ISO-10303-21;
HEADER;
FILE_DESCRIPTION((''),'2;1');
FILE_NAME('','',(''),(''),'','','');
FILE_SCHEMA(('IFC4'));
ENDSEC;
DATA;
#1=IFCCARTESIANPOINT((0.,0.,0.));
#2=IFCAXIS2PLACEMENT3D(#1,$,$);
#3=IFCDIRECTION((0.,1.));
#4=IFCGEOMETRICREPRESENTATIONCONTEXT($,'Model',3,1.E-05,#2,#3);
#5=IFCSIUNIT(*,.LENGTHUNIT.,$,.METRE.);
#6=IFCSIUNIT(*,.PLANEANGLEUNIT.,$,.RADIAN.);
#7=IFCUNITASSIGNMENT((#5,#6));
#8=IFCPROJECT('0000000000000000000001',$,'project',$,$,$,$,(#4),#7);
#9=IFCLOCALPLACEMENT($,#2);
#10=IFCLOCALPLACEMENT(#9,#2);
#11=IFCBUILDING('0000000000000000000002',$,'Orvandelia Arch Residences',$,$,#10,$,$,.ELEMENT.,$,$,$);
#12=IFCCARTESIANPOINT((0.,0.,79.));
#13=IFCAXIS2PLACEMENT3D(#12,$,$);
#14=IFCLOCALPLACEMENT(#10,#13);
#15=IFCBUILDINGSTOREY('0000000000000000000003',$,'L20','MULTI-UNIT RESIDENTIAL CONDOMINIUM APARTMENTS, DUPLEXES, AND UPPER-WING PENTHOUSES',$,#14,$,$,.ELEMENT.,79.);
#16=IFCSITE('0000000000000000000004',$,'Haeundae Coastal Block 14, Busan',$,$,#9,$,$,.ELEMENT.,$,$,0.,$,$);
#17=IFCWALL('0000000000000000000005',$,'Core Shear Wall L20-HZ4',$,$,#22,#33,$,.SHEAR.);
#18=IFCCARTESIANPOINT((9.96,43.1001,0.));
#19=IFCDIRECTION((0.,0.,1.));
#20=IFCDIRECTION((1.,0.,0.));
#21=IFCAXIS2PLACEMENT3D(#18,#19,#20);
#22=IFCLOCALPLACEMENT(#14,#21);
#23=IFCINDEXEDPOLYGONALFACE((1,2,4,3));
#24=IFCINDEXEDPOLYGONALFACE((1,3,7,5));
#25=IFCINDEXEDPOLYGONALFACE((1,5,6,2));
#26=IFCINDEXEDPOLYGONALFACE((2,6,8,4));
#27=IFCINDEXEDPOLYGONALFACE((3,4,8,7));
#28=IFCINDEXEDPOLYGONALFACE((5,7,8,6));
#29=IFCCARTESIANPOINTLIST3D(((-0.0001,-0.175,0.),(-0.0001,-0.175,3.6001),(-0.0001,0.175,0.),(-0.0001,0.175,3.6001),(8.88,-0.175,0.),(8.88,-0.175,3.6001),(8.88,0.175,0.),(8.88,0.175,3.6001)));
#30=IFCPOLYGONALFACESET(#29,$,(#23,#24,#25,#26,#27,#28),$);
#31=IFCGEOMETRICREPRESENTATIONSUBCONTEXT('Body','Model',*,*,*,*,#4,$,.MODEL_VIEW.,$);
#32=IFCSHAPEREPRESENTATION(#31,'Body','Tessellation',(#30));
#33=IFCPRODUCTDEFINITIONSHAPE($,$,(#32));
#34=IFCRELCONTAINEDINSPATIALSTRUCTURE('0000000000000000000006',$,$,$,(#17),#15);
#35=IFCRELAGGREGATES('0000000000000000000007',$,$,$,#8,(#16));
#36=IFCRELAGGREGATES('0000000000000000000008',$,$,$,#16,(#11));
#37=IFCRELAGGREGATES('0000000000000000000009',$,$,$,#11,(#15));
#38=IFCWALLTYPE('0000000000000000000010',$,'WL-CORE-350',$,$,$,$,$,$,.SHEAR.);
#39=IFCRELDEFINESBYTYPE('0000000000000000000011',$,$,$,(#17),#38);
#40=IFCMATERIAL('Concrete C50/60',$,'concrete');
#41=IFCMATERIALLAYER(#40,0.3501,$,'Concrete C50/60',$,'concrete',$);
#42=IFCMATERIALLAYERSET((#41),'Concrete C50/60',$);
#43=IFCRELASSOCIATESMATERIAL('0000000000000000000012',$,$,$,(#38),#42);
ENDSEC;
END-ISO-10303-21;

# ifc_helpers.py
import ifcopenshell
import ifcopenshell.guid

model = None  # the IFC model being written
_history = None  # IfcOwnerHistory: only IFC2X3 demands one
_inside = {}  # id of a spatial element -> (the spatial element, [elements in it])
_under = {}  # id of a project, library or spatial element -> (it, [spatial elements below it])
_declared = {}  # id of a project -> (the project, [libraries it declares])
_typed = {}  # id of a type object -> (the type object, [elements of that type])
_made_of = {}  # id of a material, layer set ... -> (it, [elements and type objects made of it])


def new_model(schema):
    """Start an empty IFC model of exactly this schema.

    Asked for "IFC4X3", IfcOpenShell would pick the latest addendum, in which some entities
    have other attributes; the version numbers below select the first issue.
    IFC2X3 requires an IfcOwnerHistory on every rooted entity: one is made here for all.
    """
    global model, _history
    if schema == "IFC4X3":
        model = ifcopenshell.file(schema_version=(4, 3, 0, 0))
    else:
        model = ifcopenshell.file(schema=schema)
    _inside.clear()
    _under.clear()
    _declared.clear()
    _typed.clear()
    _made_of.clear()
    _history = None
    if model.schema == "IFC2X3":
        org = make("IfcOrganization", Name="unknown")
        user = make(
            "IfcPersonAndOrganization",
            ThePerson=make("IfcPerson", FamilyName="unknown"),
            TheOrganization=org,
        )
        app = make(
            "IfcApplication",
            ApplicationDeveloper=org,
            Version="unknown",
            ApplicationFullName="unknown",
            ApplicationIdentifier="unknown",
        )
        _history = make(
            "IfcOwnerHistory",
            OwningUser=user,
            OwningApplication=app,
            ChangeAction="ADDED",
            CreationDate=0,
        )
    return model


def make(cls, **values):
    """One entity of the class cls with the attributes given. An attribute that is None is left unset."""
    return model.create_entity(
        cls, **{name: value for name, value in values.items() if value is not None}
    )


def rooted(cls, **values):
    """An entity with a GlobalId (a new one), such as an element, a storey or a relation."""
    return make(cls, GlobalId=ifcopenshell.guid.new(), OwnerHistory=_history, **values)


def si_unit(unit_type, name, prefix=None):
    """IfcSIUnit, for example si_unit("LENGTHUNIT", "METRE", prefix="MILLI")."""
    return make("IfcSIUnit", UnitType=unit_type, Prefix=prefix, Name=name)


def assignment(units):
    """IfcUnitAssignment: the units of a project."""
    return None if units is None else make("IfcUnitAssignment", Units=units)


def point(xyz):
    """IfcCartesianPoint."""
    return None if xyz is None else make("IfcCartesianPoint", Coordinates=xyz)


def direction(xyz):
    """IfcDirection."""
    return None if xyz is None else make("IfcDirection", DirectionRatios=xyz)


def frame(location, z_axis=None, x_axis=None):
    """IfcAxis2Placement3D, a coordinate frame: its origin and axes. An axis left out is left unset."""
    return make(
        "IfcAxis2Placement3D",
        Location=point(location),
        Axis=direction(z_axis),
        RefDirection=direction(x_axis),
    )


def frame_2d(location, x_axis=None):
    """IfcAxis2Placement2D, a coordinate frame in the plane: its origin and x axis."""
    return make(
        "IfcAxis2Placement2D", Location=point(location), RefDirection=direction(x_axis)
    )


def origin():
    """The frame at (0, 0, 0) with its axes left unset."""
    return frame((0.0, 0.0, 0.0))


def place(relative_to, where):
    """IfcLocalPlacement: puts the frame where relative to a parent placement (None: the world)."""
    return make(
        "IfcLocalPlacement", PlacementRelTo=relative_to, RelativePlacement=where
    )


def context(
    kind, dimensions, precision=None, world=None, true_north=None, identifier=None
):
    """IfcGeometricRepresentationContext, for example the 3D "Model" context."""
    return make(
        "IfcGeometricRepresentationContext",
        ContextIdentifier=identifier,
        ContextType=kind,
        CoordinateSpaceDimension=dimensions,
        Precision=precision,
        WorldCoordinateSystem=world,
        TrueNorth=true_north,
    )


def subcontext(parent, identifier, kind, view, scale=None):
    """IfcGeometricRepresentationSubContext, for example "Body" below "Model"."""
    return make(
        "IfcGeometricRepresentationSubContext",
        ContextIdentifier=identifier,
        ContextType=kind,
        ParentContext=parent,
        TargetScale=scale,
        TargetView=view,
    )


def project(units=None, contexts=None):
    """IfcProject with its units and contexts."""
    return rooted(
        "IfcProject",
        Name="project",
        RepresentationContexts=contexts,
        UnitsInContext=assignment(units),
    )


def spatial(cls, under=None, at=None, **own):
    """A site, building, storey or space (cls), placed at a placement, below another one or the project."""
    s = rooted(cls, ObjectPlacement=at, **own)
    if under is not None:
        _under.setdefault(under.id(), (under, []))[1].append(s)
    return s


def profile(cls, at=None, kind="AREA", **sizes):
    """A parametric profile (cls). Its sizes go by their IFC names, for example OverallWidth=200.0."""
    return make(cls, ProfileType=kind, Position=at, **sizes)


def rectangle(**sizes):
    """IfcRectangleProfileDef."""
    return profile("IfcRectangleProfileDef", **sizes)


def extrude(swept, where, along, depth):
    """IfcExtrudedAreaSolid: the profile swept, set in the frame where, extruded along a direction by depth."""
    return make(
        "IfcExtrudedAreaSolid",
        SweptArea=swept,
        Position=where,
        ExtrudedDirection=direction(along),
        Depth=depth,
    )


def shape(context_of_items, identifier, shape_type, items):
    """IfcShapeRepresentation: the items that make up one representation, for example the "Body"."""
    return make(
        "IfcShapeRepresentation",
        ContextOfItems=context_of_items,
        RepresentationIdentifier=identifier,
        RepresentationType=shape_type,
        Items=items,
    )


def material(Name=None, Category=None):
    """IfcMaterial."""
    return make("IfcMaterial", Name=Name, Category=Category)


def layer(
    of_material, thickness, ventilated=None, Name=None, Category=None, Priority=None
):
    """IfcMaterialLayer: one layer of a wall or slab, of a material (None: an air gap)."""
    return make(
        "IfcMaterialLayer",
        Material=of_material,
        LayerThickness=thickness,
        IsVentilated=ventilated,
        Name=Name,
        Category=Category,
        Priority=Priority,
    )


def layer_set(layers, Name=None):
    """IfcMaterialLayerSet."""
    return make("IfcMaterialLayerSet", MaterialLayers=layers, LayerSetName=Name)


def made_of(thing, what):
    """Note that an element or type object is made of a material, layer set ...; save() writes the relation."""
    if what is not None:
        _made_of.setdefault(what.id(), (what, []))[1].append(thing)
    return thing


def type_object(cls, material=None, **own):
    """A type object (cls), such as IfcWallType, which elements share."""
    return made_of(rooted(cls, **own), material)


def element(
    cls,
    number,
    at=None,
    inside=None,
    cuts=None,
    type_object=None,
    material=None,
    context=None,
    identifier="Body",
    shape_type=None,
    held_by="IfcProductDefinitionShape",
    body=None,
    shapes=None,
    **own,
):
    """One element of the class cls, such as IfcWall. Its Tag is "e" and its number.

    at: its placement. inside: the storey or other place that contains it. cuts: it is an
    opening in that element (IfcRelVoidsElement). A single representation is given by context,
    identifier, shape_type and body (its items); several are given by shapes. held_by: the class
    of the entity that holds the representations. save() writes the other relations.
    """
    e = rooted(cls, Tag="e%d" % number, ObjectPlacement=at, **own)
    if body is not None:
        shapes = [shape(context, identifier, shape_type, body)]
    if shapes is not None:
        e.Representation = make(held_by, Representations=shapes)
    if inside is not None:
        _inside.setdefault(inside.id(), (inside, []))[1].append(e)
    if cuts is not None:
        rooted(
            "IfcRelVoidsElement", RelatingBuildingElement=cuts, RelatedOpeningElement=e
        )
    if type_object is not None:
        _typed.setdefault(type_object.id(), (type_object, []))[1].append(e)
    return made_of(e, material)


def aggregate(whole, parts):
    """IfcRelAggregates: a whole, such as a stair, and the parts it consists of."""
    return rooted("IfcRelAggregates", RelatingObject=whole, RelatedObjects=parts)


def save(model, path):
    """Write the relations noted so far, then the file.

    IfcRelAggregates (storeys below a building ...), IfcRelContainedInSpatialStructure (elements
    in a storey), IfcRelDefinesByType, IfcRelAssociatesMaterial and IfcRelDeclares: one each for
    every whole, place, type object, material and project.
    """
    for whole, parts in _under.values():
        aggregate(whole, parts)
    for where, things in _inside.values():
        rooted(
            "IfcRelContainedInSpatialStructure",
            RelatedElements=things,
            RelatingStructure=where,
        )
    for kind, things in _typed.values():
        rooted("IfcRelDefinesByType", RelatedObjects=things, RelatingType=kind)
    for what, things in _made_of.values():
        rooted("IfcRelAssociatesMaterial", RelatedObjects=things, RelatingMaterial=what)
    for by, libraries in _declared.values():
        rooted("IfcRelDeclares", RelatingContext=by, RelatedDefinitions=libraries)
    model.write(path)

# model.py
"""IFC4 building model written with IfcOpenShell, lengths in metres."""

from ifc_helpers import new_model, si_unit, direction, frame, frame_2d, origin, place, context, subcontext, project, spatial, rectangle, extrude, material, layer, layer_set, type_object, element, save


model = new_model("IFC4")

# Units and contexts
model_context = context("Model", 3, precision=1e-05, world=origin(), true_north=direction((0.0, 1.0)))
body_context = subcontext(model_context, "Body", "Model", "MODEL_VIEW")
ifc_project = project(units=[si_unit("LENGTHUNIT", "METRE"), si_unit("PLANEANGLEUNIT", "RADIAN")], contexts=[model_context])

# Site, building, storey
site_placement = place(None, origin())
site = spatial("IfcSite", under=ifc_project, at=site_placement, Name="Haeundae Coastal Block 14, Busan", CompositionType="ELEMENT", RefElevation=0.0)
building_placement = place(site_placement, origin())
building = spatial("IfcBuilding", under=site, at=building_placement, Name="Orvandelia Arch Residences", CompositionType="ELEMENT")
storey_placement = place(building_placement, frame((0.0, 0.0, 79.0)))
storey = spatial("IfcBuildingStorey", under=building, at=storey_placement, Name="L20", Description="MULTI-UNIT RESIDENTIAL CONDOMINIUM APARTMENTS, DUPLEXES, AND UPPER-WING PENTHOUSES", CompositionType="ELEMENT", Elevation=79.0)

# Wall
ifc_material_1 = material(Name="Concrete C50/60", Category="concrete")
ifc_layer_1 = layer(ifc_material_1, 0.3501, Name="Concrete C50/60", Category="concrete")
ifc_layer_set_1 = layer_set([ifc_layer_1], Name="Concrete C50/60")
wall_type_1 = type_object("IfcWallType", Name="WL-CORE-350", PredefinedType="SHEAR", material=ifc_layer_set_1)
wall_1_placement = place(storey_placement, frame((9.96, 43.1001, 0.0), z_axis=(0.0, 0.0, 1.0), x_axis=(1.0, 0.0, 0.0)))
element("IfcWall", 1, at=wall_1_placement, inside=storey, type_object=wall_type_1, Name="Core Shear Wall L20-HZ4", PredefinedType="SHEAR", context=body_context, shape_type="SweptSolid", body=[
    extrude(rectangle(XDim=8.8801, YDim=0.3501, at=frame_2d((4.4399, 0.0))), origin(), (0.0, 0.0, 1.0), 3.6001),
])

save(model, "model.ifc")
